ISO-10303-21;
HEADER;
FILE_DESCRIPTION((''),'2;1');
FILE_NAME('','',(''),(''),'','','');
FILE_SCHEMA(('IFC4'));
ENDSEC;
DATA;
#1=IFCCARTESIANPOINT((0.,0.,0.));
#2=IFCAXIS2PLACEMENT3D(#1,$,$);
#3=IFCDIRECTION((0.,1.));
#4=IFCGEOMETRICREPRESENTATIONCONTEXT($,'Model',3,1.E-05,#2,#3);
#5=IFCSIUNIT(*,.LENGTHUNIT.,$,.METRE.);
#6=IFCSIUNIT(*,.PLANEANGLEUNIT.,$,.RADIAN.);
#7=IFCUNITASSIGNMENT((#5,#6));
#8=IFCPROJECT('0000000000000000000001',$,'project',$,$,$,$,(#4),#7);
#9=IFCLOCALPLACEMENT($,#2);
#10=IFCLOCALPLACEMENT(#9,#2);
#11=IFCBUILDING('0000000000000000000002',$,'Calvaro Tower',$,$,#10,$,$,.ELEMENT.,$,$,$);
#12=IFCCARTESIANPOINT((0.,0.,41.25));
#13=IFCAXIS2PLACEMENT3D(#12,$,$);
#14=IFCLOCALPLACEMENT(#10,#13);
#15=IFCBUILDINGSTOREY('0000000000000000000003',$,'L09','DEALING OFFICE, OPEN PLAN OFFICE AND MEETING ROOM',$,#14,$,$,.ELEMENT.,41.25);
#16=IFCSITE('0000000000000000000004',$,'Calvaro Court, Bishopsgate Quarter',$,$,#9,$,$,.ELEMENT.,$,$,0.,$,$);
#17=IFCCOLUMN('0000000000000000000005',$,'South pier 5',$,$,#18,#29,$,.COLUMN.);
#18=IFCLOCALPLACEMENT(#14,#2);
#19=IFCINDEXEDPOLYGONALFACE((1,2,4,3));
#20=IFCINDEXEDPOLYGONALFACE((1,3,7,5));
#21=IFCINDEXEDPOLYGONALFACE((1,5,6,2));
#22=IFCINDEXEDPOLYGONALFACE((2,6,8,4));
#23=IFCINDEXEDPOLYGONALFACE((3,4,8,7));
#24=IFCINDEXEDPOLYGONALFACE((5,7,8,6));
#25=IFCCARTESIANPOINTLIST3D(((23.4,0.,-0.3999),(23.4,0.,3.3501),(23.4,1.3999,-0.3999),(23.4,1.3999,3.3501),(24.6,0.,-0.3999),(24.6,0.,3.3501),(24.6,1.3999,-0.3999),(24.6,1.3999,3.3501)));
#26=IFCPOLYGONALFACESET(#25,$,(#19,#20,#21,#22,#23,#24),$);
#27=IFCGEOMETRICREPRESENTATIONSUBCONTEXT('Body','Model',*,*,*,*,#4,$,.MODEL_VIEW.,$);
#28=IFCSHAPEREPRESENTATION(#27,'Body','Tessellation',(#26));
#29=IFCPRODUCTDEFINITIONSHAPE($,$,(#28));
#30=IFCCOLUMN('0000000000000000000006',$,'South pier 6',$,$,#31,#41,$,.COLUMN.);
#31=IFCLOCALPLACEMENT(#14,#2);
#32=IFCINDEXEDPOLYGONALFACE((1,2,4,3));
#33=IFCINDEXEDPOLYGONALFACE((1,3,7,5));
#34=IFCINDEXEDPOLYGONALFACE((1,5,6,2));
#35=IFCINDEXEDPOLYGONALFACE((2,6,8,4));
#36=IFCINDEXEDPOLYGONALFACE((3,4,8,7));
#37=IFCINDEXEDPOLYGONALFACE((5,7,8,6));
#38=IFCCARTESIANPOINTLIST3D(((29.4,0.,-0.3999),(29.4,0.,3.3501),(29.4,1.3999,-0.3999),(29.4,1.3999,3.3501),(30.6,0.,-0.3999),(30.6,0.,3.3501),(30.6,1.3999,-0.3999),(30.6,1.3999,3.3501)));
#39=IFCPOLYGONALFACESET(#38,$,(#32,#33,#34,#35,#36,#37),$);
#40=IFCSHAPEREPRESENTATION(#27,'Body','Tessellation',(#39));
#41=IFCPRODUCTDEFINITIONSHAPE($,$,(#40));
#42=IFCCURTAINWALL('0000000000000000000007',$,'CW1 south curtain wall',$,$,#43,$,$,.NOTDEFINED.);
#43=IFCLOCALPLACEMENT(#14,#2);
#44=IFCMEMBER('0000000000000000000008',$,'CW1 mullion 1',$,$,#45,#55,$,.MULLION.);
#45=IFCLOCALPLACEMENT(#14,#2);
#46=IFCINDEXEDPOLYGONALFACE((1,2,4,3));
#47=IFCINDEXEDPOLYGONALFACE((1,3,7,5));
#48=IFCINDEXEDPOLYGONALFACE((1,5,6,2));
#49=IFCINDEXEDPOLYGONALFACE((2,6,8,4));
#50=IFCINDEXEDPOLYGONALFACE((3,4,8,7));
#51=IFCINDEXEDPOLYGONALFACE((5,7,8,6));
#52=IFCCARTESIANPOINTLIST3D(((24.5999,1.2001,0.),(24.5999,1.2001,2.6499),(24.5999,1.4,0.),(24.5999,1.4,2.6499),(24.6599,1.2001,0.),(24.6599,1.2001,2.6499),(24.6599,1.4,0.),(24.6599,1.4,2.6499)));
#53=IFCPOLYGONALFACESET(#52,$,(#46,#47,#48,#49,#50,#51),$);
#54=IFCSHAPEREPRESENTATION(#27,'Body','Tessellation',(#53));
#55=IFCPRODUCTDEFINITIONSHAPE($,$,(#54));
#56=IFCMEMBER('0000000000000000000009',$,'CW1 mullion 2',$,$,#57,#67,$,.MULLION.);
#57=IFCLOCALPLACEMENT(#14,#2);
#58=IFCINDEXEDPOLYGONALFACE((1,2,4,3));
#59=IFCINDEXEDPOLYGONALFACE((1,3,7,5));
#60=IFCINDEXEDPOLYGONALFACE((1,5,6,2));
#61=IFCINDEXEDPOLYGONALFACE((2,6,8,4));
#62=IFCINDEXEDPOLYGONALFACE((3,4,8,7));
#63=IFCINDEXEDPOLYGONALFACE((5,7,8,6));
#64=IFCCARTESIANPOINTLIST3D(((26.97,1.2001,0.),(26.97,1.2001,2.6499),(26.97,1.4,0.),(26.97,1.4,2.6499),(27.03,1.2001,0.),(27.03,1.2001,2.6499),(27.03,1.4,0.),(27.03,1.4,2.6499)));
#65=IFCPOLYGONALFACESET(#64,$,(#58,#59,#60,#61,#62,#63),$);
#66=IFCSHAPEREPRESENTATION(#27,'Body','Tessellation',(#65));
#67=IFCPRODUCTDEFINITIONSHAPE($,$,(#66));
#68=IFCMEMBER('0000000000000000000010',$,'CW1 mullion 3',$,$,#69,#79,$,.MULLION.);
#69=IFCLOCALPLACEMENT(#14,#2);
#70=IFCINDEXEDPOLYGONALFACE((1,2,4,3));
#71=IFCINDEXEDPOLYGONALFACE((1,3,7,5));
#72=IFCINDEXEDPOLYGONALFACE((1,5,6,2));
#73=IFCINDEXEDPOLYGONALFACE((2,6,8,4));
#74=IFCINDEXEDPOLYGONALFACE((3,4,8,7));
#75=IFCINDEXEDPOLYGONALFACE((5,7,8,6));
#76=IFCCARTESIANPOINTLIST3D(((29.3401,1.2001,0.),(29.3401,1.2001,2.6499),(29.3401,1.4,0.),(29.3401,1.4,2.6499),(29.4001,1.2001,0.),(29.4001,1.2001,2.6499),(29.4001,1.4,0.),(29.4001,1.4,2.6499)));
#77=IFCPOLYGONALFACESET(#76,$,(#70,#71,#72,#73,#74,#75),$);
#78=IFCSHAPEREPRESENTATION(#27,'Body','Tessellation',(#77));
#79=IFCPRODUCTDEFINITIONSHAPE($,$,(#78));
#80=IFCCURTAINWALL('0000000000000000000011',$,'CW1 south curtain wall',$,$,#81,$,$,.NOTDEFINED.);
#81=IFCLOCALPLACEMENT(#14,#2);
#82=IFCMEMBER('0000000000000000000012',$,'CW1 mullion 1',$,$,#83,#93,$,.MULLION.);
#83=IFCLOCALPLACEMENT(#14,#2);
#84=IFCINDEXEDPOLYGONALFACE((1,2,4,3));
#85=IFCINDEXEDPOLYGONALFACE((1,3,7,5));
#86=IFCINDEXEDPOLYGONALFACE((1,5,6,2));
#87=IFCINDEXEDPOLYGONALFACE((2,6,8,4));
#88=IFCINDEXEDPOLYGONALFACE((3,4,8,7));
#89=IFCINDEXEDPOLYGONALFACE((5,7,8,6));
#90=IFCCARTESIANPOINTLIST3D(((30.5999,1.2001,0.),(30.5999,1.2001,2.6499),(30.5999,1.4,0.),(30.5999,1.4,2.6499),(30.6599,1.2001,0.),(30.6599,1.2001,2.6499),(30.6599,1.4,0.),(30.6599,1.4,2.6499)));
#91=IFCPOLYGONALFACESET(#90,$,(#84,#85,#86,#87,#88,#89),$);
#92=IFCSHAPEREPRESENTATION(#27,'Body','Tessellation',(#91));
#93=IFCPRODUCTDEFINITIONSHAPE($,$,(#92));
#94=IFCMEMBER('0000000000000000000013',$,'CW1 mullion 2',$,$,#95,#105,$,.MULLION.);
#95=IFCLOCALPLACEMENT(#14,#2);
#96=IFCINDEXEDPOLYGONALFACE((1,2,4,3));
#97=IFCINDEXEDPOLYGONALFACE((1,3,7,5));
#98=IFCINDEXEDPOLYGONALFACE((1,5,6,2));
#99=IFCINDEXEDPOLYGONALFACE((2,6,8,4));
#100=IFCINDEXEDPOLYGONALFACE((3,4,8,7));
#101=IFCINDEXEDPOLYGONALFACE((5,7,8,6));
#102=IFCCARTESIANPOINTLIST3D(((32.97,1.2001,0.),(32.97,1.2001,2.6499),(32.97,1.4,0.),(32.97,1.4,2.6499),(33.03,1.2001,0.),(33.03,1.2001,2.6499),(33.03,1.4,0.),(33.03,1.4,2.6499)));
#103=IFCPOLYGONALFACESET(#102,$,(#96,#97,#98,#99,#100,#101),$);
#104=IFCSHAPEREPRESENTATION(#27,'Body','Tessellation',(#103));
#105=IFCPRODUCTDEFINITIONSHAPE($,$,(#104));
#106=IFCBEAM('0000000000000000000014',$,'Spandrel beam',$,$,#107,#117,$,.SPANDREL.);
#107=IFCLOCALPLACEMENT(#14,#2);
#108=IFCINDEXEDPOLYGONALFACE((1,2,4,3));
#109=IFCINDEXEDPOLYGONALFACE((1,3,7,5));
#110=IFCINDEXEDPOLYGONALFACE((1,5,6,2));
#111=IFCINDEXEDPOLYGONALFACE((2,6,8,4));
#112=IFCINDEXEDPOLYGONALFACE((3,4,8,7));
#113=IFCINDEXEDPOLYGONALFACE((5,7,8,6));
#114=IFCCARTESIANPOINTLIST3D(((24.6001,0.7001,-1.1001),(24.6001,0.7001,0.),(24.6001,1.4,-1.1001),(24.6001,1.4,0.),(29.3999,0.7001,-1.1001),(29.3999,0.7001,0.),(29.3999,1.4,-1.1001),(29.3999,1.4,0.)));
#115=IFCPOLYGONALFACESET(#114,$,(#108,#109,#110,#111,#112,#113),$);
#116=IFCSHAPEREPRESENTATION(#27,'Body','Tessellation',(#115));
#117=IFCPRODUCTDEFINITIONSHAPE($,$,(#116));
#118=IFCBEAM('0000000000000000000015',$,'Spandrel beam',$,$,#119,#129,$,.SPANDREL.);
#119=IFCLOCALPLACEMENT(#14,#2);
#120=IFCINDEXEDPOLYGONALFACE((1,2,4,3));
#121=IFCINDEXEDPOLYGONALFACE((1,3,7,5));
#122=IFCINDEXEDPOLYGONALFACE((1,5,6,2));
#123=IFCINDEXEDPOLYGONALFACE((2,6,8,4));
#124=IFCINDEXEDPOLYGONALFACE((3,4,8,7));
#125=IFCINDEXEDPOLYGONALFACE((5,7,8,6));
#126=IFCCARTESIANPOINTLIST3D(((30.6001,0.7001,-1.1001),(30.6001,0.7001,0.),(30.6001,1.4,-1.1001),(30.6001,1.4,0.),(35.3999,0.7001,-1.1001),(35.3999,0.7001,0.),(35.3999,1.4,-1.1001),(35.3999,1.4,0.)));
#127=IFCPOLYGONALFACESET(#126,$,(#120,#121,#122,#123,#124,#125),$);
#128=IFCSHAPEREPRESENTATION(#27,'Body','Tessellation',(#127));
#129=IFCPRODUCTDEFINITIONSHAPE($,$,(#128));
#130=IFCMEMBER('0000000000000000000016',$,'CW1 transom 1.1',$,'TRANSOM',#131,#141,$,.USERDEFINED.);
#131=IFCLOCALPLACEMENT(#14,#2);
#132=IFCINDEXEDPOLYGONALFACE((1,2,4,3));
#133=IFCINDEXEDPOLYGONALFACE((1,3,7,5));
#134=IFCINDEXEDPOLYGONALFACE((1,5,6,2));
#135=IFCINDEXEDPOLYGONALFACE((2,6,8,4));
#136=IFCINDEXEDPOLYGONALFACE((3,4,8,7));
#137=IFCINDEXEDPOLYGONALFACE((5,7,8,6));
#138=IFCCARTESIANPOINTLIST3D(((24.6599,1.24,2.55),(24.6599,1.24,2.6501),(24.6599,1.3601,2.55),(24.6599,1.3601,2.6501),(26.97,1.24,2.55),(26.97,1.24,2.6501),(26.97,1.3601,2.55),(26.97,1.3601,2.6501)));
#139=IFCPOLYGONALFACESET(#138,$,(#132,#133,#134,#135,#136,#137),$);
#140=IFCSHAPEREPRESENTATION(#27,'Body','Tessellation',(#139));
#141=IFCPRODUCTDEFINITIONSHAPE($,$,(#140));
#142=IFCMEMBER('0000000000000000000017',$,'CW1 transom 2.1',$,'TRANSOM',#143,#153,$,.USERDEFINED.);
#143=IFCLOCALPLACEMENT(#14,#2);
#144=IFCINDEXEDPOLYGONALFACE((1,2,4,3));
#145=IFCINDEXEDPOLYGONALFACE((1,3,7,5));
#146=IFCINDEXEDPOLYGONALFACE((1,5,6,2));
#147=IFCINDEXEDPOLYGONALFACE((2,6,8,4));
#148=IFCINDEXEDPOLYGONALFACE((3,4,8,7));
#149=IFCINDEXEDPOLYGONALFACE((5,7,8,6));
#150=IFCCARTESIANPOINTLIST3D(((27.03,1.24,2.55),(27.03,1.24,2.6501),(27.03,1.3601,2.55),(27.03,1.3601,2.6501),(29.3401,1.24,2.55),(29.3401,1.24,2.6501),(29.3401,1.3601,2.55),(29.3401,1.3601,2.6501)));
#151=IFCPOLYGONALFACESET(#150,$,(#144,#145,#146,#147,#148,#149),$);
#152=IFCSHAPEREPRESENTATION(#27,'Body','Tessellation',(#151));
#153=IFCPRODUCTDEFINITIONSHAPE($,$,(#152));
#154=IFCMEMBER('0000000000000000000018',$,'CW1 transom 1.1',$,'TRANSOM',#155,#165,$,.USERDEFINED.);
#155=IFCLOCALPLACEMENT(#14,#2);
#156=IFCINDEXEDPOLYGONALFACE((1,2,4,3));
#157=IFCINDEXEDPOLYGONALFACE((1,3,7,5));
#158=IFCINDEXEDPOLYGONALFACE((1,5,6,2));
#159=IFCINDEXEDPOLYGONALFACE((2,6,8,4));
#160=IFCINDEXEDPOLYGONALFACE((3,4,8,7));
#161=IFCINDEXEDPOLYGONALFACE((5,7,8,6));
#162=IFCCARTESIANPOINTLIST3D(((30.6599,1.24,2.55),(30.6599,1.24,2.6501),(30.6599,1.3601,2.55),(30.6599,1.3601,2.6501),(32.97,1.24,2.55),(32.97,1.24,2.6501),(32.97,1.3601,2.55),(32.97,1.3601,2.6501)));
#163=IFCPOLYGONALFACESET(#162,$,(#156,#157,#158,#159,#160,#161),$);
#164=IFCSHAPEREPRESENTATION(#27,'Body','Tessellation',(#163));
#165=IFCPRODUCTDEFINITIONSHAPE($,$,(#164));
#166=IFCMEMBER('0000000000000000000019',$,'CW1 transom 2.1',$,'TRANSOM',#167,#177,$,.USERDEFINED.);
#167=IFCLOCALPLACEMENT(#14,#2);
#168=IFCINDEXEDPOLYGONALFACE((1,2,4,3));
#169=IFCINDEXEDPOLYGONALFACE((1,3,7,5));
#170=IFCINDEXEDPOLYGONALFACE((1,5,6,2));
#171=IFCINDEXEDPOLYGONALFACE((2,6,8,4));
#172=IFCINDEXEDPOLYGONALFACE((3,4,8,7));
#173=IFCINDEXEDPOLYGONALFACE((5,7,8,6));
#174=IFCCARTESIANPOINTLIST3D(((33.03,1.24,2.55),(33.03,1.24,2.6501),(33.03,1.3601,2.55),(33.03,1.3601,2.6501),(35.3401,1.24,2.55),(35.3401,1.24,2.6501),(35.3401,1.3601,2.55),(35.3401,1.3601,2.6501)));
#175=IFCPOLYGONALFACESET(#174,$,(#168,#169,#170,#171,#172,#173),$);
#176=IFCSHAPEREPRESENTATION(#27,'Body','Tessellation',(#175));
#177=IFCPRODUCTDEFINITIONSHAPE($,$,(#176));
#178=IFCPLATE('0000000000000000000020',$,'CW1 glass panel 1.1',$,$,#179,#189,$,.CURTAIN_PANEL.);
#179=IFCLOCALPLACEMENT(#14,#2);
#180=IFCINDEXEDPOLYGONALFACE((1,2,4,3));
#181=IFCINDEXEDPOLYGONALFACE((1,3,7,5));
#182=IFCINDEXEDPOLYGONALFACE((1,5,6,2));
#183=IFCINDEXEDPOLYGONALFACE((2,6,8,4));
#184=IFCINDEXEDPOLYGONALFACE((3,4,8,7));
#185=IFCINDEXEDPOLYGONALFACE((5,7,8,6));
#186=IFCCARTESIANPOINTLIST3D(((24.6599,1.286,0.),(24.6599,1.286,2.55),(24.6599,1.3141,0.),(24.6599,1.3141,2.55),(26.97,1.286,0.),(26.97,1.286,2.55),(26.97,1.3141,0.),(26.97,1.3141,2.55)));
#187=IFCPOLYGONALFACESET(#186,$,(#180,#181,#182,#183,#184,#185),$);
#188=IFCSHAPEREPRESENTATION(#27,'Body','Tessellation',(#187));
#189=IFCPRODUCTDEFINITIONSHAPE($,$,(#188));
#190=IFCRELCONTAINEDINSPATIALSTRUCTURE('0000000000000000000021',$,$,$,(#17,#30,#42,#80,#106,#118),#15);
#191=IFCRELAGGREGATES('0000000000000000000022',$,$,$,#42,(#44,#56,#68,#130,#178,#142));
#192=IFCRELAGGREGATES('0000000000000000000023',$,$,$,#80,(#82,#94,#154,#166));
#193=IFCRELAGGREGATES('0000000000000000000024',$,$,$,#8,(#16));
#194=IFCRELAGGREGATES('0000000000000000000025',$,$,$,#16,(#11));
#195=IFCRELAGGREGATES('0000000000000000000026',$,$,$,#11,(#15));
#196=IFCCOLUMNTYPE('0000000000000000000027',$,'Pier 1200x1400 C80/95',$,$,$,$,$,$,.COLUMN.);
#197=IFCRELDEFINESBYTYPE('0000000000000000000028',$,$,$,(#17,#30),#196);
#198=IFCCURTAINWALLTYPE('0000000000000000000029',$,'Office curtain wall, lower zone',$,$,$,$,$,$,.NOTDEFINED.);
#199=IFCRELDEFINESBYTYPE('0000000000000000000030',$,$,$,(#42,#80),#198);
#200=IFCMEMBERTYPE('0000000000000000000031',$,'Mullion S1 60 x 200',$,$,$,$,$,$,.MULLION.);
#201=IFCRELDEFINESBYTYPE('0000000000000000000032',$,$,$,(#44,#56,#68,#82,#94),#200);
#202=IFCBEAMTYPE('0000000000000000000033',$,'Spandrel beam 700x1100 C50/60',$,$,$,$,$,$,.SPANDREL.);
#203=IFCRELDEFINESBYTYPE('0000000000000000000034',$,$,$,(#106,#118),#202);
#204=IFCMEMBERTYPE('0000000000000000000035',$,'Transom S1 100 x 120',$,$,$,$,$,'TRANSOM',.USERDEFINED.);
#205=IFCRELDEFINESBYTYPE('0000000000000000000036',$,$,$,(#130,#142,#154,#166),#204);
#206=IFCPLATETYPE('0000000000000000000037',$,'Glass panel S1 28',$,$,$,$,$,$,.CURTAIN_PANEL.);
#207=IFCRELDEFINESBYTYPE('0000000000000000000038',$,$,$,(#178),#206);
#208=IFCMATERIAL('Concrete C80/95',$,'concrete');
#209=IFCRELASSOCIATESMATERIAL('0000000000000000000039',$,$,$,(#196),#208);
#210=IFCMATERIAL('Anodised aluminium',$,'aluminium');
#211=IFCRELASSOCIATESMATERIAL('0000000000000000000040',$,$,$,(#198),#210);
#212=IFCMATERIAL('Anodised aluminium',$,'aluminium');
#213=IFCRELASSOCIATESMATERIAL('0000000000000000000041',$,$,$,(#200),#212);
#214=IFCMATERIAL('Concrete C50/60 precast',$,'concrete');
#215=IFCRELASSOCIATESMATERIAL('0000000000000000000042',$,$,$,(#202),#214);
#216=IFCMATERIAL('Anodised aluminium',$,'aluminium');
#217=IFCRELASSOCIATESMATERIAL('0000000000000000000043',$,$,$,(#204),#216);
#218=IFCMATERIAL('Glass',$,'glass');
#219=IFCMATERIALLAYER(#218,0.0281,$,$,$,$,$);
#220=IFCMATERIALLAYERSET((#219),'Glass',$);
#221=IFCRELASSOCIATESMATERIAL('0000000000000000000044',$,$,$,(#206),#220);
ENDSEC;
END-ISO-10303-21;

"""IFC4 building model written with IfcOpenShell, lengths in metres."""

from ifc_helpers import new_model, si_unit, direction, frame, origin, origin_2d, place, context, subcontext, project, spatial, rectangle, extrude, material, layer, layer_set, material_profile, profile_set, type_object, element, aggregate, save


model = new_model("IFC4")

# Units and contexts
model_context = context("Model", 3, precision=1e-05, world=origin(), true_north=direction((0.0, 1.0)))
body_context = subcontext(model_context, "Body", "Model", "MODEL_VIEW")
ifc_project = project(units=[si_unit("LENGTHUNIT", "METRE"), si_unit("PLANEANGLEUNIT", "RADIAN")], contexts=[model_context])

# Site, building, storey
site_placement = place(None, origin())
site = spatial("IfcSite", under=ifc_project, at=site_placement, Name="Calvaro Court, Bishopsgate Quarter", CompositionType="ELEMENT", RefElevation=0.0)
building_placement = place(site_placement, origin())
building = spatial("IfcBuilding", under=site, at=building_placement, Name="Calvaro Tower", CompositionType="ELEMENT")
storey_placement = place(building_placement, frame((0.0, 0.0, 41.25)))
storey = spatial("IfcBuildingStorey", under=building, at=storey_placement, Name="L09", Description="DEALING OFFICE, OPEN PLAN OFFICE AND MEETING ROOM", CompositionType="ELEMENT", Elevation=41.25)

# Columns
ifc_material_1 = material(Name="Concrete C80/95", Category="concrete")
ifc_material_profile_1 = material_profile(ifc_material_1, rectangle(XDim=1.2, YDim=1.3999, at=origin_2d()), Name="RC 1200x1400")
ifc_profile_set_1 = profile_set([ifc_material_profile_1], Name="Concrete C80/95")
column_type = type_object("IfcColumnType", Name="Pier 1200x1400 C80/95", PredefinedType="COLUMN", material=ifc_profile_set_1)
for number, where, z_axis, x_axis, name in (
    (1, (24.0, 0.7, -0.3999), (0.0, 0.0, 1.0), (1.0, 0.0, 0.0), "South pier 5"),
    (2, (30.0, 0.7, -0.3999), (0.0, 0.0, 1.0), (1.0, 0.0, 0.0), "South pier 6"),
):
    element("IfcColumn", number, at=place(storey_placement, frame(where, z_axis=z_axis, x_axis=x_axis)), inside=storey, type_object=column_type, Name=name, PredefinedType="COLUMN", context=body_context, shape_type="SweptSolid", body=[
        extrude(rectangle(XDim=1.2, YDim=1.3999, at=origin_2d()), origin(), (0.0, 0.0, 1.0), 3.75),
    ])

# Curtain walls, members
ifc_material_2 = material(Name="Anodised aluminium", Category="aluminium")
curtain_wall_type = type_object("IfcCurtainWallType", Name="Office curtain wall, lower zone", PredefinedType="NOTDEFINED", material=ifc_material_2)
curtain_wall_1_placement = place(storey_placement, origin())
curtain_wall_1 = element("IfcCurtainWall", 3, at=curtain_wall_1_placement, inside=storey, type_object=curtain_wall_type, Name="CW1 south curtain wall", PredefinedType="NOTDEFINED")
ifc_material_3 = material(Name="Anodised aluminium", Category="aluminium")
ifc_material_profile_2 = material_profile(ifc_material_3, rectangle(XDim=0.2, YDim=0.0601, at=origin_2d()), Name="Mullion S1 60 x 200")
ifc_profile_set_2 = profile_set([ifc_material_profile_2], Name="Anodised aluminium")
member_type_1 = type_object("IfcMemberType", Name="Mullion S1 60 x 200", PredefinedType="MULLION", material=ifc_profile_set_2)
member_1_placement = place(storey_placement, frame((24.6299, 1.3, 0.0), z_axis=(0.0, 0.0, 1.0), x_axis=(0.0, 1.0, 0.0)))
member_1 = element("IfcMember", 4, at=member_1_placement, type_object=member_type_1, Name="CW1 mullion 1", PredefinedType="MULLION", context=body_context, shape_type="SweptSolid", body=[
    extrude(rectangle(XDim=0.2, YDim=0.0601, at=origin_2d()), origin(), (0.0, 0.0, 1.0), 2.6499),
])
member_2_placement = place(storey_placement, frame((27.0, 1.3, 0.0), z_axis=(0.0, 0.0, 1.0), x_axis=(0.0, 1.0, 0.0)))
member_2 = element("IfcMember", 5, at=member_2_placement, type_object=member_type_1, Name="CW1 mullion 2", PredefinedType="MULLION", context=body_context, shape_type="SweptSolid", body=[
    extrude(rectangle(XDim=0.2, YDim=0.0601, at=origin_2d()), origin(), (0.0, 0.0, 1.0), 2.6499),
])
member_3_placement = place(storey_placement, frame((29.3701, 1.3, 0.0), z_axis=(0.0, 0.0, 1.0), x_axis=(0.0, 1.0, 0.0)))
member_3 = element("IfcMember", 6, at=member_3_placement, type_object=member_type_1, Name="CW1 mullion 3", PredefinedType="MULLION", context=body_context, shape_type="SweptSolid", body=[
    extrude(rectangle(XDim=0.2, YDim=0.0601, at=origin_2d()), origin(), (0.0, 0.0, 1.0), 2.6499),
])
curtain_wall_2_placement = place(storey_placement, origin())
curtain_wall_2 = element("IfcCurtainWall", 7, at=curtain_wall_2_placement, inside=storey, type_object=curtain_wall_type, Name="CW1 south curtain wall", PredefinedType="NOTDEFINED")
member_4_placement = place(storey_placement, frame((30.6299, 1.3, 0.0), z_axis=(0.0, 0.0, 1.0), x_axis=(0.0, 1.0, 0.0)))
member_4 = element("IfcMember", 8, at=member_4_placement, type_object=member_type_1, Name="CW1 mullion 1", PredefinedType="MULLION", context=body_context, shape_type="SweptSolid", body=[
    extrude(rectangle(XDim=0.2, YDim=0.0601, at=origin_2d()), origin(), (0.0, 0.0, 1.0), 2.6499),
])
member_5_placement = place(storey_placement, frame((33.0, 1.3, 0.0), z_axis=(0.0, 0.0, 1.0), x_axis=(0.0, 1.0, 0.0)))
member_5 = element("IfcMember", 9, at=member_5_placement, type_object=member_type_1, Name="CW1 mullion 2", PredefinedType="MULLION", context=body_context, shape_type="SweptSolid", body=[
    extrude(rectangle(XDim=0.2, YDim=0.0601, at=origin_2d()), origin(), (0.0, 0.0, 1.0), 2.6499),
])

# Beams
ifc_material_4 = material(Name="Concrete C50/60 precast", Category="concrete")
ifc_material_profile_3 = material_profile(ifc_material_4, rectangle(XDim=0.7, YDim=1.1001, at=origin_2d()), Name="RC 700x1100")
ifc_profile_set_3 = profile_set([ifc_material_profile_3], Name="Concrete C50/60 precast")
beam_type = type_object("IfcBeamType", Name="Spandrel beam 700x1100 C50/60", PredefinedType="SPANDREL", material=ifc_profile_set_3)
for number, where, z_axis, x_axis, name in (
    (10, (24.6001, 1.05, -0.55), (1.0, 0.0, 0.0), (0.0, 1.0, 0.0), "Spandrel beam"),
    (11, (30.6001, 1.05, -0.55), (1.0, 0.0, 0.0), (0.0, 1.0, 0.0), "Spandrel beam"),
):
    element("IfcBeam", number, at=place(storey_placement, frame(where, z_axis=z_axis, x_axis=x_axis)), inside=storey, type_object=beam_type, Name=name, PredefinedType="SPANDREL", context=body_context, shape_type="SweptSolid", body=[
        extrude(rectangle(XDim=0.7, YDim=1.1001, at=origin_2d()), origin(), (0.0, 0.0, 1.0), 4.7998),
    ])

# Members
ifc_material_5 = material(Name="Anodised aluminium", Category="aluminium")
ifc_material_profile_4 = material_profile(ifc_material_5, rectangle(XDim=0.1201, YDim=0.1001, at=origin_2d()), Name="Transom S1 100 x 120")
ifc_profile_set_4 = profile_set([ifc_material_profile_4], Name="Anodised aluminium")
member_type_2 = type_object("IfcMemberType", Name="Transom S1 100 x 120", ElementType="TRANSOM", PredefinedType="USERDEFINED", material=ifc_profile_set_4)
member_6_placement = place(storey_placement, frame((24.6599, 1.3, 2.6001), z_axis=(1.0, 0.0, 0.0), x_axis=(0.0, 1.0, 0.0)))
member_6 = element("IfcMember", 12, at=member_6_placement, type_object=member_type_2, Name="CW1 transom 1.1", ObjectType="TRANSOM", PredefinedType="USERDEFINED", context=body_context, shape_type="SweptSolid", body=[
    extrude(rectangle(XDim=0.1201, YDim=0.1001, at=origin_2d()), origin(), (0.0, 0.0, 1.0), 2.3101),
])
member_7_placement = place(storey_placement, frame((27.03, 1.3, 2.6001), z_axis=(1.0, 0.0, 0.0), x_axis=(0.0, 1.0, 0.0)))
member_7 = element("IfcMember", 13, at=member_7_placement, type_object=member_type_2, Name="CW1 transom 2.1", ObjectType="TRANSOM", PredefinedType="USERDEFINED", context=body_context, shape_type="SweptSolid", body=[
    extrude(rectangle(XDim=0.1201, YDim=0.1001, at=origin_2d()), origin(), (0.0, 0.0, 1.0), 2.3101),
])
member_8_placement = place(storey_placement, frame((30.6599, 1.3, 2.6001), z_axis=(1.0, 0.0, 0.0), x_axis=(0.0, 1.0, 0.0)))
member_8 = element("IfcMember", 14, at=member_8_placement, type_object=member_type_2, Name="CW1 transom 1.1", ObjectType="TRANSOM", PredefinedType="USERDEFINED", context=body_context, shape_type="SweptSolid", body=[
    extrude(rectangle(XDim=0.1201, YDim=0.1001, at=origin_2d()), origin(), (0.0, 0.0, 1.0), 2.3101),
])
member_9_placement = place(storey_placement, frame((33.03, 1.3, 2.6001), z_axis=(1.0, 0.0, 0.0), x_axis=(0.0, 1.0, 0.0)))
member_9 = element("IfcMember", 15, at=member_9_placement, type_object=member_type_2, Name="CW1 transom 2.1", ObjectType="TRANSOM", PredefinedType="USERDEFINED", context=body_context, shape_type="SweptSolid", body=[
    extrude(rectangle(XDim=0.1201, YDim=0.1001, at=origin_2d()), origin(), (0.0, 0.0, 1.0), 2.3101),
])

# Plate
ifc_material_6 = material(Name="Glass", Category="glass")
ifc_layer = layer(ifc_material_6, 0.0281)
ifc_layer_set = layer_set([ifc_layer], Name="Glass")
plate_type = type_object("IfcPlateType", Name="Glass panel S1 28", PredefinedType="CURTAIN_PANEL", material=ifc_layer_set)
plate_1_placement = place(storey_placement, frame((25.8149, 1.3, 0.0), z_axis=(0.0, 0.0, 1.0), x_axis=(1.0, 0.0, 0.0)))
plate_1 = element("IfcPlate", 16, at=plate_1_placement, type_object=plate_type, Name="CW1 glass panel 1.1", PredefinedType="CURTAIN_PANEL", context=body_context, shape_type="SweptSolid", body=[
    extrude(rectangle(XDim=2.3101, YDim=0.0281, at=origin_2d()), origin(), (0.0, 0.0, 1.0), 2.55),
])
aggregate(curtain_wall_1, [member_1, member_2, member_3, member_6, plate_1, member_7])
aggregate(curtain_wall_2, [member_4, member_5, member_8, member_9])

save(model, "model.ifc")
